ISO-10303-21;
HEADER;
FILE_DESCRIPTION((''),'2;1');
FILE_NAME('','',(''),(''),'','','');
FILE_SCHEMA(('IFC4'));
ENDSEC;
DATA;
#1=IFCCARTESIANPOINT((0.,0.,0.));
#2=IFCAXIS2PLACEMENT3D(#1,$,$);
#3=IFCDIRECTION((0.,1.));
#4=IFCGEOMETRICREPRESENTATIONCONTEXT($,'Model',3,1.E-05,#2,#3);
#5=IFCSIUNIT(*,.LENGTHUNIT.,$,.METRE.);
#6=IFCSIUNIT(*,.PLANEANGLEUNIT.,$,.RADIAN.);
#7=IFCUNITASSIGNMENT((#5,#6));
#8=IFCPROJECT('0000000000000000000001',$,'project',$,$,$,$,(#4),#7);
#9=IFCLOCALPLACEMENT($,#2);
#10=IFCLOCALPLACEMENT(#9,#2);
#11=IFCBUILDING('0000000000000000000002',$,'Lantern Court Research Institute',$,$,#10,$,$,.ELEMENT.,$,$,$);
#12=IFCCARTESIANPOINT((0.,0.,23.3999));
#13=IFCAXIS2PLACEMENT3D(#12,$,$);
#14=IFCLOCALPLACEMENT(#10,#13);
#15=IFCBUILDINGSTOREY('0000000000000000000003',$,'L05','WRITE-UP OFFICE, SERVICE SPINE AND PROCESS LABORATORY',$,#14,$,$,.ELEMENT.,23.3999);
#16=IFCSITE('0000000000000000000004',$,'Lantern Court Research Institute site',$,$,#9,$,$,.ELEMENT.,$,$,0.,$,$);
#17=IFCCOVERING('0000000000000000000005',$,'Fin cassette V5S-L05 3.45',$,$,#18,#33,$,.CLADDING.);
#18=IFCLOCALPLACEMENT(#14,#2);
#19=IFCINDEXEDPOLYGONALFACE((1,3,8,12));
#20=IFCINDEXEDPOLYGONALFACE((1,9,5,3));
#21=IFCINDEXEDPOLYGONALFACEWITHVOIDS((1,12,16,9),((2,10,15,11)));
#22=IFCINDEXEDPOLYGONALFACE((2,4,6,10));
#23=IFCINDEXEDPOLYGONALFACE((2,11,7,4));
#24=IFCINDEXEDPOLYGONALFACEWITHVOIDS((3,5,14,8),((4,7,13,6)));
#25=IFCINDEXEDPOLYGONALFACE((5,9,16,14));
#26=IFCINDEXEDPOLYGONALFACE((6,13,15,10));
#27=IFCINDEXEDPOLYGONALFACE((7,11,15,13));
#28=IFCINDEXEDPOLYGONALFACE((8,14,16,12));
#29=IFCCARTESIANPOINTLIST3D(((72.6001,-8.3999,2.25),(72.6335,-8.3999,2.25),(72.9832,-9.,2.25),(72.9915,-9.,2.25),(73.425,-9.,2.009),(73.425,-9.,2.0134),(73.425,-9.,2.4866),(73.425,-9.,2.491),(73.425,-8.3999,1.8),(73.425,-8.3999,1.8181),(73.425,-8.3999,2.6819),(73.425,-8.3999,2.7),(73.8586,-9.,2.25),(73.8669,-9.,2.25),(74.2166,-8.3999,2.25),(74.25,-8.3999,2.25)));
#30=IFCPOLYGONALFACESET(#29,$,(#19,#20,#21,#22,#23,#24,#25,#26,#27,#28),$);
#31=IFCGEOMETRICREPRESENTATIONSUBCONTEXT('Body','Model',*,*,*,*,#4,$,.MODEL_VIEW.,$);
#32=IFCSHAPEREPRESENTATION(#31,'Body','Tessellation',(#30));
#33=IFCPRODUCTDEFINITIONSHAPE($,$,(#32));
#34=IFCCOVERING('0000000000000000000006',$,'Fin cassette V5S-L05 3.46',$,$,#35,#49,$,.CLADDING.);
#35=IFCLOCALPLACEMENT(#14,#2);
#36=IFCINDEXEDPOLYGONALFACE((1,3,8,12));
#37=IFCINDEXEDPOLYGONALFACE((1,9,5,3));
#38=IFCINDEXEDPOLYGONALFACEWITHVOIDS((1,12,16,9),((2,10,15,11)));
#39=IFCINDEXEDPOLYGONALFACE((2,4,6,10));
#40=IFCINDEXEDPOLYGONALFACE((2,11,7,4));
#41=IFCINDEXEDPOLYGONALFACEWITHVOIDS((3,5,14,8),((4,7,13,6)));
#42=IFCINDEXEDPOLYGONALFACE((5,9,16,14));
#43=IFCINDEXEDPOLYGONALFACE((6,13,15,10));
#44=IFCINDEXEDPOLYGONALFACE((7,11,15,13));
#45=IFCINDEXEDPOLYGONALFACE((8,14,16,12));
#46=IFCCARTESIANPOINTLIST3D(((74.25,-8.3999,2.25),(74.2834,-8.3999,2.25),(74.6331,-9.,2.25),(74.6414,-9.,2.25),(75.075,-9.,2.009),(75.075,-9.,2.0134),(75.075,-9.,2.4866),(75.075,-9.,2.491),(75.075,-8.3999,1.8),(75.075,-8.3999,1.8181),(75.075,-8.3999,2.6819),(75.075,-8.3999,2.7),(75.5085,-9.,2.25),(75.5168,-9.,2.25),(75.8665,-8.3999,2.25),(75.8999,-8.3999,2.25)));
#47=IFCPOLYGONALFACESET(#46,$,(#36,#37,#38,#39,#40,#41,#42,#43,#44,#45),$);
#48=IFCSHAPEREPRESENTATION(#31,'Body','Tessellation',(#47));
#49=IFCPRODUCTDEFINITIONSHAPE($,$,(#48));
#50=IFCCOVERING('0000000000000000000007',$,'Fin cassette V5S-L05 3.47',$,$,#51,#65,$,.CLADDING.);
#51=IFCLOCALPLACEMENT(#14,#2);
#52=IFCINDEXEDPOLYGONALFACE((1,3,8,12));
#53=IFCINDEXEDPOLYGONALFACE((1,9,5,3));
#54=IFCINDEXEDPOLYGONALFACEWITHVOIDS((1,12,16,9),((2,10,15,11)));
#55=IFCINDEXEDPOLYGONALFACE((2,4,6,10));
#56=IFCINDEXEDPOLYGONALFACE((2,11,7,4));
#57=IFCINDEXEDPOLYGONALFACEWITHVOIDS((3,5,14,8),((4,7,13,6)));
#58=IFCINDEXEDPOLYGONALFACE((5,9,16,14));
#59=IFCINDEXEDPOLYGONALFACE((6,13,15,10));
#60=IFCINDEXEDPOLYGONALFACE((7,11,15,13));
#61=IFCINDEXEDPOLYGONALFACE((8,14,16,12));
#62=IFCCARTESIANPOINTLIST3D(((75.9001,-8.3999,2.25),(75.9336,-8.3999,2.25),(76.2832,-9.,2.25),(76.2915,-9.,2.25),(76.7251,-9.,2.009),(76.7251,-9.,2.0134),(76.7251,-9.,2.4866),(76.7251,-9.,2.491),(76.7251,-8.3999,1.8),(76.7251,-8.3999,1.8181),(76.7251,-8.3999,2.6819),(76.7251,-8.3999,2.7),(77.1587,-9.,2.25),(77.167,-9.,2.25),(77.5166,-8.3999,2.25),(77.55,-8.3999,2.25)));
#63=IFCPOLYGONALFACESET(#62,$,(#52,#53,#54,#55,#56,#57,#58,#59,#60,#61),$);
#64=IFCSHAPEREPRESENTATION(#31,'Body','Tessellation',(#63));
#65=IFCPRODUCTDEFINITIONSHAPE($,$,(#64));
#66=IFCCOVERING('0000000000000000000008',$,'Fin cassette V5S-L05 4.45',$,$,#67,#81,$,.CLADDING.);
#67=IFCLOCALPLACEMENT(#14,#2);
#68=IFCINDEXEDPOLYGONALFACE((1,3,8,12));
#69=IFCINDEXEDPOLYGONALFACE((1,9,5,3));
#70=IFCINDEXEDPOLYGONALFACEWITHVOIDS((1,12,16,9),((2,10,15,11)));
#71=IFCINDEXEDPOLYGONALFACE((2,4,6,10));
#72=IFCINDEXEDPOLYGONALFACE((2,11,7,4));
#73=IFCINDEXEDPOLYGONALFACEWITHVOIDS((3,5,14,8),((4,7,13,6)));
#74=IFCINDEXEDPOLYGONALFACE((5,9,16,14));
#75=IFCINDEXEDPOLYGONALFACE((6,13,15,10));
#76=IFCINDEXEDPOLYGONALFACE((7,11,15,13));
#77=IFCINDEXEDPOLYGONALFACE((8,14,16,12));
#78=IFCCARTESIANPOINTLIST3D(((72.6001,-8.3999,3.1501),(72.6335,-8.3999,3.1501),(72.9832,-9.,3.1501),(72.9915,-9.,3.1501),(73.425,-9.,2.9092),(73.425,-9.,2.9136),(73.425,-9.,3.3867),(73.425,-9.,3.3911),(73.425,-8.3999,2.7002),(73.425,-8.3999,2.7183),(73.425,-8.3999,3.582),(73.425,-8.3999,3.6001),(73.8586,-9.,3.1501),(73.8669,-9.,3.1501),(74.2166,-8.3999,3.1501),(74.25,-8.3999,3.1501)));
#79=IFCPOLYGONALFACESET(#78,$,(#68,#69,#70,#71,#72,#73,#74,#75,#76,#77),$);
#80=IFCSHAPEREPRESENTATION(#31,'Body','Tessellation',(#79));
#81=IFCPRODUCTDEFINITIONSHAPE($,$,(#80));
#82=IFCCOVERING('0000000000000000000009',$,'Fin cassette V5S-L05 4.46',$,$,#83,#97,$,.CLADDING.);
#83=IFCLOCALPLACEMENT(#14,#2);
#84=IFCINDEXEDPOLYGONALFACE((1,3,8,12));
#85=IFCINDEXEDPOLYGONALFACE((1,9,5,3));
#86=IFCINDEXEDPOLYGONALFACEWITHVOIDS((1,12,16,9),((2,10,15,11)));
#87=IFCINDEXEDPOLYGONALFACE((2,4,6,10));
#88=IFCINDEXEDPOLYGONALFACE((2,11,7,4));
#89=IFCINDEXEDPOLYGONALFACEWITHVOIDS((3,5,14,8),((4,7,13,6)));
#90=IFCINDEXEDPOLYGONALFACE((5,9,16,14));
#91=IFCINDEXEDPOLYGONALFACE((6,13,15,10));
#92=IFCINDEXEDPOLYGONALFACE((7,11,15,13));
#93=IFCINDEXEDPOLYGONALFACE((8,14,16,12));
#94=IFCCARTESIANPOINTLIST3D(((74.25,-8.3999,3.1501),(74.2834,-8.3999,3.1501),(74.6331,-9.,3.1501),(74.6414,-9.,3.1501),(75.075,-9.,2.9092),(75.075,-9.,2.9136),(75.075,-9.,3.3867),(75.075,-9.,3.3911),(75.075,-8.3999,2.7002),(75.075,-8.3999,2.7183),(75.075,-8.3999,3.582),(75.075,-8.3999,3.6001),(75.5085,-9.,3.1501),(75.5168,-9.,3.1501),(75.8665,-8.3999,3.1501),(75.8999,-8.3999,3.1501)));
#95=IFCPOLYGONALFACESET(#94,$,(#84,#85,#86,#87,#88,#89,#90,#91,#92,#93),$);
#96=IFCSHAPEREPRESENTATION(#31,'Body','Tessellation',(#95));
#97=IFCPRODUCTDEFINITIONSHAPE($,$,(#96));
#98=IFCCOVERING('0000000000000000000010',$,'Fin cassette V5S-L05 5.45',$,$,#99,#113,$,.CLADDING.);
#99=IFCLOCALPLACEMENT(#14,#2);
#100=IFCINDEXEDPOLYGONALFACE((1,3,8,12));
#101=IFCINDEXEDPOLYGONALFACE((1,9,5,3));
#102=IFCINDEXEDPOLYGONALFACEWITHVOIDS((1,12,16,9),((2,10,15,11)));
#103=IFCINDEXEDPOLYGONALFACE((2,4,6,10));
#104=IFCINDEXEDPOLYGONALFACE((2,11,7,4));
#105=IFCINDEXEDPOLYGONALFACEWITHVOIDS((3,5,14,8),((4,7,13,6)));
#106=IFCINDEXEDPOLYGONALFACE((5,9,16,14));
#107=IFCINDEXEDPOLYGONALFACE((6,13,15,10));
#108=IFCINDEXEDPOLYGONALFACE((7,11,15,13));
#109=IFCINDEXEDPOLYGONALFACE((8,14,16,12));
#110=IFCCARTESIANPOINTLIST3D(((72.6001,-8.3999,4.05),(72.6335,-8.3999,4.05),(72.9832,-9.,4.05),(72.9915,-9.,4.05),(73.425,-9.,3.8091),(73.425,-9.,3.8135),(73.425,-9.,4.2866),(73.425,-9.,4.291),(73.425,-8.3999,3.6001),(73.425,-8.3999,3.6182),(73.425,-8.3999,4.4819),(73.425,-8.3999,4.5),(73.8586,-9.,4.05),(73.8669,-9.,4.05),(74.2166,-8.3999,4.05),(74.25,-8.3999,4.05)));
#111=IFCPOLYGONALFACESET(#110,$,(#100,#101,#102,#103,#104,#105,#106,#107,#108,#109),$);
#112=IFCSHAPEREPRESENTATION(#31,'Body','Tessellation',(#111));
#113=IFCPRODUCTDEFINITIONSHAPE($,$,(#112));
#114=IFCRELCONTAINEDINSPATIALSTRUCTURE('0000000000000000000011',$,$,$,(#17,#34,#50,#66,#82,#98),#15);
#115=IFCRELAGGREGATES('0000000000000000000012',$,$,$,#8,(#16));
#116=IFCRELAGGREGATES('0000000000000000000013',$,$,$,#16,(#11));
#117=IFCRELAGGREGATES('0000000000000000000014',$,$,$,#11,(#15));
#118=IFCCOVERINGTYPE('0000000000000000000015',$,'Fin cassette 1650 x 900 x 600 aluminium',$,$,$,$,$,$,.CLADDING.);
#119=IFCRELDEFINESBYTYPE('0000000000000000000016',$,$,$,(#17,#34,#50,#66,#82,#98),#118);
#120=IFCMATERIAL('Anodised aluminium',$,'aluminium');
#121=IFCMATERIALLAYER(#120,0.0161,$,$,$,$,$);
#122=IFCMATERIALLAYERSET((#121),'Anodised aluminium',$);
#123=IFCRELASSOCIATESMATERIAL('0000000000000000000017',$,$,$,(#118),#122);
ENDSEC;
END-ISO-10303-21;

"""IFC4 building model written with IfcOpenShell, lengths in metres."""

from ifc_helpers import new_model, entity, si_unit, direction, frame, origin, place, context, subcontext, project, spatial, material, layer, layer_set, type_object, element, save


model = new_model("IFC4")

# Units and contexts
model_context = context("Model", 3, precision=1e-05, world=origin(), true_north=direction((0.0, 1.0)))
body_context = subcontext(model_context, "Body", "Model", "MODEL_VIEW")
ifc_project = project(units=[si_unit("LENGTHUNIT", "METRE"), si_unit("PLANEANGLEUNIT", "RADIAN")], contexts=[model_context])

# Site, building, storey
site_placement = place(None, origin())
site = spatial("IfcSite", under=ifc_project, at=site_placement, Name="Lantern Court Research Institute site", CompositionType="ELEMENT", RefElevation=0.0)
building_placement = place(site_placement, origin())
building = spatial("IfcBuilding", under=site, at=building_placement, Name="Lantern Court Research Institute", CompositionType="ELEMENT")
storey_placement = place(building_placement, frame((0.0, 0.0, 23.3999)))
storey = spatial("IfcBuildingStorey", under=building, at=storey_placement, Name="L05", Description="WRITE-UP OFFICE, SERVICE SPINE AND PROCESS LABORATORY", CompositionType="ELEMENT", Elevation=23.3999)

# Coverings
ifc_material_1 = material(Name="Anodised aluminium", Category="aluminium")
ifc_layer_1 = layer(ifc_material_1, 0.0161)
ifc_layer_set_1 = layer_set([ifc_layer_1], Name="Anodised aluminium")
covering_type = type_object("IfcCoveringType", Name="Fin cassette 1650 x 900 x 600 aluminium", PredefinedType="CLADDING", material=ifc_layer_set_1)
covering_1_placement = place(storey_placement, frame((73.425, -8.3999, 2.25), z_axis=(0.0, -1.0, 0.0), x_axis=(1.0, 0.0, 0.0)))
cartesian_point_1 = entity("IfcCartesianPoint", [0.825, 0.0])
cartesian_point_2 = entity("IfcCartesianPoint", [0.7915, 0.0])
cartesian_point_3 = entity("IfcCartesianPoint", [0.4419, 0.0])
cartesian_point_4 = entity("IfcCartesianPoint", [0.4336, 0.0])
element("IfcCovering", 1, at=covering_1_placement, inside=storey, type_object=covering_type, Name="Fin cassette V5S-L05 3.45", PredefinedType="CLADDING", context=body_context, shape_type="SweptSolid", body=[
    entity("IfcExtrudedAreaSolidTapered", entity("IfcArbitraryProfileDefWithVoids", "AREA", None, entity("IfcPolyline", [cartesian_point_1, entity("IfcCartesianPoint", [0.0, 0.45]), entity("IfcCartesianPoint", [-0.825, 0.0]), entity("IfcCartesianPoint", [0.0, -0.45]), cartesian_point_1]), [entity("IfcPolyline", [cartesian_point_2, entity("IfcCartesianPoint", [0.0, 0.4319]), entity("IfcCartesianPoint", [-0.7915, 0.0]), entity("IfcCartesianPoint", [0.0, -0.4319]), cartesian_point_2])]), entity("IfcAxis2Placement3D", entity("IfcCartesianPoint", [0.0, 0.0, 0.0])), entity("IfcDirection", [0.0, 0.0, 1.0]), 0.6001, entity("IfcArbitraryProfileDefWithVoids", "AREA", None, entity("IfcPolyline", [cartesian_point_3, entity("IfcCartesianPoint", [0.0, 0.241]), entity("IfcCartesianPoint", [-0.4419, 0.0]), entity("IfcCartesianPoint", [0.0, -0.241]), cartesian_point_3]), [entity("IfcPolyline", [cartesian_point_4, entity("IfcCartesianPoint", [0.0, 0.2366]), entity("IfcCartesianPoint", [-0.4336, 0.0]), entity("IfcCartesianPoint", [0.0, -0.2366]), cartesian_point_4])])),
])
covering_2_placement = place(storey_placement, frame((75.075, -8.3999, 2.25), z_axis=(0.0, -1.0, 0.0), x_axis=(1.0, 0.0, 0.0)))
cartesian_point_5 = entity("IfcCartesianPoint", [0.825, 0.0])
cartesian_point_6 = entity("IfcCartesianPoint", [0.7915, 0.0])
cartesian_point_7 = entity("IfcCartesianPoint", [0.4419, 0.0])
cartesian_point_8 = entity("IfcCartesianPoint", [0.4336, 0.0])
element("IfcCovering", 2, at=covering_2_placement, inside=storey, type_object=covering_type, Name="Fin cassette V5S-L05 3.46", PredefinedType="CLADDING", context=body_context, shape_type="SweptSolid", body=[
    entity("IfcExtrudedAreaSolidTapered", entity("IfcArbitraryProfileDefWithVoids", "AREA", None, entity("IfcPolyline", [cartesian_point_5, entity("IfcCartesianPoint", [0.0, 0.45]), entity("IfcCartesianPoint", [-0.825, 0.0]), entity("IfcCartesianPoint", [0.0, -0.45]), cartesian_point_5]), [entity("IfcPolyline", [cartesian_point_6, entity("IfcCartesianPoint", [0.0, 0.4319]), entity("IfcCartesianPoint", [-0.7915, 0.0]), entity("IfcCartesianPoint", [0.0, -0.4319]), cartesian_point_6])]), entity("IfcAxis2Placement3D", entity("IfcCartesianPoint", [0.0, 0.0, 0.0])), entity("IfcDirection", [0.0, 0.0, 1.0]), 0.6001, entity("IfcArbitraryProfileDefWithVoids", "AREA", None, entity("IfcPolyline", [cartesian_point_7, entity("IfcCartesianPoint", [0.0, 0.241]), entity("IfcCartesianPoint", [-0.4419, 0.0]), entity("IfcCartesianPoint", [0.0, -0.241]), cartesian_point_7]), [entity("IfcPolyline", [cartesian_point_8, entity("IfcCartesianPoint", [0.0, 0.2366]), entity("IfcCartesianPoint", [-0.4336, 0.0]), entity("IfcCartesianPoint", [0.0, -0.2366]), cartesian_point_8])])),
])
covering_3_placement = place(storey_placement, frame((76.7251, -8.3999, 2.25), z_axis=(0.0, -1.0, 0.0), x_axis=(1.0, 0.0, 0.0)))
cartesian_point_9 = entity("IfcCartesianPoint", [0.825, 0.0])
cartesian_point_10 = entity("IfcCartesianPoint", [0.7915, 0.0])
cartesian_point_11 = entity("IfcCartesianPoint", [0.4419, 0.0])
cartesian_point_12 = entity("IfcCartesianPoint", [0.4336, 0.0])
element("IfcCovering", 3, at=covering_3_placement, inside=storey, type_object=covering_type, Name="Fin cassette V5S-L05 3.47", PredefinedType="CLADDING", context=body_context, shape_type="SweptSolid", body=[
    entity("IfcExtrudedAreaSolidTapered", entity("IfcArbitraryProfileDefWithVoids", "AREA", None, entity("IfcPolyline", [cartesian_point_9, entity("IfcCartesianPoint", [0.0, 0.45]), entity("IfcCartesianPoint", [-0.825, 0.0]), entity("IfcCartesianPoint", [0.0, -0.45]), cartesian_point_9]), [entity("IfcPolyline", [cartesian_point_10, entity("IfcCartesianPoint", [0.0, 0.4319]), entity("IfcCartesianPoint", [-0.7915, 0.0]), entity("IfcCartesianPoint", [0.0, -0.4319]), cartesian_point_10])]), entity("IfcAxis2Placement3D", entity("IfcCartesianPoint", [0.0, 0.0, 0.0])), entity("IfcDirection", [0.0, 0.0, 1.0]), 0.6001, entity("IfcArbitraryProfileDefWithVoids", "AREA", None, entity("IfcPolyline", [cartesian_point_11, entity("IfcCartesianPoint", [0.0, 0.241]), entity("IfcCartesianPoint", [-0.4419, 0.0]), entity("IfcCartesianPoint", [0.0, -0.241]), cartesian_point_11]), [entity("IfcPolyline", [cartesian_point_12, entity("IfcCartesianPoint", [0.0, 0.2366]), entity("IfcCartesianPoint", [-0.4336, 0.0]), entity("IfcCartesianPoint", [0.0, -0.2366]), cartesian_point_12])])),
])
covering_4_placement = place(storey_placement, frame((73.425, -8.3999, 3.1501), z_axis=(0.0, -1.0, 0.0), x_axis=(1.0, 0.0, 0.0)))
cartesian_point_13 = entity("IfcCartesianPoint", [0.825, 0.0])
cartesian_point_14 = entity("IfcCartesianPoint", [0.7915, 0.0])
cartesian_point_15 = entity("IfcCartesianPoint", [0.4419, 0.0])
cartesian_point_16 = entity("IfcCartesianPoint", [0.4336, 0.0])
element("IfcCovering", 4, at=covering_4_placement, inside=storey, type_object=covering_type, Name="Fin cassette V5S-L05 4.45", PredefinedType="CLADDING", context=body_context, shape_type="SweptSolid", body=[
    entity("IfcExtrudedAreaSolidTapered", entity("IfcArbitraryProfileDefWithVoids", "AREA", None, entity("IfcPolyline", [cartesian_point_13, entity("IfcCartesianPoint", [0.0, 0.45]), entity("IfcCartesianPoint", [-0.825, 0.0]), entity("IfcCartesianPoint", [0.0, -0.45]), cartesian_point_13]), [entity("IfcPolyline", [cartesian_point_14, entity("IfcCartesianPoint", [0.0, 0.4319]), entity("IfcCartesianPoint", [-0.7915, 0.0]), entity("IfcCartesianPoint", [0.0, -0.4319]), cartesian_point_14])]), entity("IfcAxis2Placement3D", entity("IfcCartesianPoint", [0.0, 0.0, 0.0])), entity("IfcDirection", [0.0, 0.0, 1.0]), 0.6001, entity("IfcArbitraryProfileDefWithVoids", "AREA", None, entity("IfcPolyline", [cartesian_point_15, entity("IfcCartesianPoint", [0.0, 0.241]), entity("IfcCartesianPoint", [-0.4419, 0.0]), entity("IfcCartesianPoint", [0.0, -0.241]), cartesian_point_15]), [entity("IfcPolyline", [cartesian_point_16, entity("IfcCartesianPoint", [0.0, 0.2366]), entity("IfcCartesianPoint", [-0.4336, 0.0]), entity("IfcCartesianPoint", [0.0, -0.2366]), cartesian_point_16])])),
])
covering_5_placement = place(storey_placement, frame((75.075, -8.3999, 3.1501), z_axis=(0.0, -1.0, 0.0), x_axis=(1.0, 0.0, 0.0)))
cartesian_point_17 = entity("IfcCartesianPoint", [0.825, 0.0])
cartesian_point_18 = entity("IfcCartesianPoint", [0.7915, 0.0])
cartesian_point_19 = entity("IfcCartesianPoint", [0.4419, 0.0])
cartesian_point_20 = entity("IfcCartesianPoint", [0.4336, 0.0])
element("IfcCovering", 5, at=covering_5_placement, inside=storey, type_object=covering_type, Name="Fin cassette V5S-L05 4.46", PredefinedType="CLADDING", context=body_context, shape_type="SweptSolid", body=[
    entity("IfcExtrudedAreaSolidTapered", entity("IfcArbitraryProfileDefWithVoids", "AREA", None, entity("IfcPolyline", [cartesian_point_17, entity("IfcCartesianPoint", [0.0, 0.45]), entity("IfcCartesianPoint", [-0.825, 0.0]), entity("IfcCartesianPoint", [0.0, -0.45]), cartesian_point_17]), [entity("IfcPolyline", [cartesian_point_18, entity("IfcCartesianPoint", [0.0, 0.4319]), entity("IfcCartesianPoint", [-0.7915, 0.0]), entity("IfcCartesianPoint", [0.0, -0.4319]), cartesian_point_18])]), entity("IfcAxis2Placement3D", entity("IfcCartesianPoint", [0.0, 0.0, 0.0])), entity("IfcDirection", [0.0, 0.0, 1.0]), 0.6001, entity("IfcArbitraryProfileDefWithVoids", "AREA", None, entity("IfcPolyline", [cartesian_point_19, entity("IfcCartesianPoint", [0.0, 0.241]), entity("IfcCartesianPoint", [-0.4419, 0.0]), entity("IfcCartesianPoint", [0.0, -0.241]), cartesian_point_19]), [entity("IfcPolyline", [cartesian_point_20, entity("IfcCartesianPoint", [0.0, 0.2366]), entity("IfcCartesianPoint", [-0.4336, 0.0]), entity("IfcCartesianPoint", [0.0, -0.2366]), cartesian_point_20])])),
])
covering_6_placement = place(storey_placement, frame((73.425, -8.3999, 4.05), z_axis=(0.0, -1.0, 0.0), x_axis=(1.0, 0.0, 0.0)))
cartesian_point_21 = entity("IfcCartesianPoint", [0.825, 0.0])
cartesian_point_22 = entity("IfcCartesianPoint", [0.7915, 0.0])
cartesian_point_23 = entity("IfcCartesianPoint", [0.4419, 0.0])
cartesian_point_24 = entity("IfcCartesianPoint", [0.4336, 0.0])
element("IfcCovering", 6, at=covering_6_placement, inside=storey, type_object=covering_type, Name="Fin cassette V5S-L05 5.45", PredefinedType="CLADDING", context=body_context, shape_type="SweptSolid", body=[
    entity("IfcExtrudedAreaSolidTapered", entity("IfcArbitraryProfileDefWithVoids", "AREA", None, entity("IfcPolyline", [cartesian_point_21, entity("IfcCartesianPoint", [0.0, 0.45]), entity("IfcCartesianPoint", [-0.825, 0.0]), entity("IfcCartesianPoint", [0.0, -0.45]), cartesian_point_21]), [entity("IfcPolyline", [cartesian_point_22, entity("IfcCartesianPoint", [0.0, 0.4319]), entity("IfcCartesianPoint", [-0.7915, 0.0]), entity("IfcCartesianPoint", [0.0, -0.4319]), cartesian_point_22])]), entity("IfcAxis2Placement3D", entity("IfcCartesianPoint", [0.0, 0.0, 0.0])), entity("IfcDirection", [0.0, 0.0, 1.0]), 0.6001, entity("IfcArbitraryProfileDefWithVoids", "AREA", None, entity("IfcPolyline", [cartesian_point_23, entity("IfcCartesianPoint", [0.0, 0.241]), entity("IfcCartesianPoint", [-0.4419, 0.0]), entity("IfcCartesianPoint", [0.0, -0.241]), cartesian_point_23]), [entity("IfcPolyline", [cartesian_point_24, entity("IfcCartesianPoint", [0.0, 0.2366]), entity("IfcCartesianPoint", [-0.4336, 0.0]), entity("IfcCartesianPoint", [0.0, -0.2366]), cartesian_point_24])])),
])

save(model, "model.ifc")
